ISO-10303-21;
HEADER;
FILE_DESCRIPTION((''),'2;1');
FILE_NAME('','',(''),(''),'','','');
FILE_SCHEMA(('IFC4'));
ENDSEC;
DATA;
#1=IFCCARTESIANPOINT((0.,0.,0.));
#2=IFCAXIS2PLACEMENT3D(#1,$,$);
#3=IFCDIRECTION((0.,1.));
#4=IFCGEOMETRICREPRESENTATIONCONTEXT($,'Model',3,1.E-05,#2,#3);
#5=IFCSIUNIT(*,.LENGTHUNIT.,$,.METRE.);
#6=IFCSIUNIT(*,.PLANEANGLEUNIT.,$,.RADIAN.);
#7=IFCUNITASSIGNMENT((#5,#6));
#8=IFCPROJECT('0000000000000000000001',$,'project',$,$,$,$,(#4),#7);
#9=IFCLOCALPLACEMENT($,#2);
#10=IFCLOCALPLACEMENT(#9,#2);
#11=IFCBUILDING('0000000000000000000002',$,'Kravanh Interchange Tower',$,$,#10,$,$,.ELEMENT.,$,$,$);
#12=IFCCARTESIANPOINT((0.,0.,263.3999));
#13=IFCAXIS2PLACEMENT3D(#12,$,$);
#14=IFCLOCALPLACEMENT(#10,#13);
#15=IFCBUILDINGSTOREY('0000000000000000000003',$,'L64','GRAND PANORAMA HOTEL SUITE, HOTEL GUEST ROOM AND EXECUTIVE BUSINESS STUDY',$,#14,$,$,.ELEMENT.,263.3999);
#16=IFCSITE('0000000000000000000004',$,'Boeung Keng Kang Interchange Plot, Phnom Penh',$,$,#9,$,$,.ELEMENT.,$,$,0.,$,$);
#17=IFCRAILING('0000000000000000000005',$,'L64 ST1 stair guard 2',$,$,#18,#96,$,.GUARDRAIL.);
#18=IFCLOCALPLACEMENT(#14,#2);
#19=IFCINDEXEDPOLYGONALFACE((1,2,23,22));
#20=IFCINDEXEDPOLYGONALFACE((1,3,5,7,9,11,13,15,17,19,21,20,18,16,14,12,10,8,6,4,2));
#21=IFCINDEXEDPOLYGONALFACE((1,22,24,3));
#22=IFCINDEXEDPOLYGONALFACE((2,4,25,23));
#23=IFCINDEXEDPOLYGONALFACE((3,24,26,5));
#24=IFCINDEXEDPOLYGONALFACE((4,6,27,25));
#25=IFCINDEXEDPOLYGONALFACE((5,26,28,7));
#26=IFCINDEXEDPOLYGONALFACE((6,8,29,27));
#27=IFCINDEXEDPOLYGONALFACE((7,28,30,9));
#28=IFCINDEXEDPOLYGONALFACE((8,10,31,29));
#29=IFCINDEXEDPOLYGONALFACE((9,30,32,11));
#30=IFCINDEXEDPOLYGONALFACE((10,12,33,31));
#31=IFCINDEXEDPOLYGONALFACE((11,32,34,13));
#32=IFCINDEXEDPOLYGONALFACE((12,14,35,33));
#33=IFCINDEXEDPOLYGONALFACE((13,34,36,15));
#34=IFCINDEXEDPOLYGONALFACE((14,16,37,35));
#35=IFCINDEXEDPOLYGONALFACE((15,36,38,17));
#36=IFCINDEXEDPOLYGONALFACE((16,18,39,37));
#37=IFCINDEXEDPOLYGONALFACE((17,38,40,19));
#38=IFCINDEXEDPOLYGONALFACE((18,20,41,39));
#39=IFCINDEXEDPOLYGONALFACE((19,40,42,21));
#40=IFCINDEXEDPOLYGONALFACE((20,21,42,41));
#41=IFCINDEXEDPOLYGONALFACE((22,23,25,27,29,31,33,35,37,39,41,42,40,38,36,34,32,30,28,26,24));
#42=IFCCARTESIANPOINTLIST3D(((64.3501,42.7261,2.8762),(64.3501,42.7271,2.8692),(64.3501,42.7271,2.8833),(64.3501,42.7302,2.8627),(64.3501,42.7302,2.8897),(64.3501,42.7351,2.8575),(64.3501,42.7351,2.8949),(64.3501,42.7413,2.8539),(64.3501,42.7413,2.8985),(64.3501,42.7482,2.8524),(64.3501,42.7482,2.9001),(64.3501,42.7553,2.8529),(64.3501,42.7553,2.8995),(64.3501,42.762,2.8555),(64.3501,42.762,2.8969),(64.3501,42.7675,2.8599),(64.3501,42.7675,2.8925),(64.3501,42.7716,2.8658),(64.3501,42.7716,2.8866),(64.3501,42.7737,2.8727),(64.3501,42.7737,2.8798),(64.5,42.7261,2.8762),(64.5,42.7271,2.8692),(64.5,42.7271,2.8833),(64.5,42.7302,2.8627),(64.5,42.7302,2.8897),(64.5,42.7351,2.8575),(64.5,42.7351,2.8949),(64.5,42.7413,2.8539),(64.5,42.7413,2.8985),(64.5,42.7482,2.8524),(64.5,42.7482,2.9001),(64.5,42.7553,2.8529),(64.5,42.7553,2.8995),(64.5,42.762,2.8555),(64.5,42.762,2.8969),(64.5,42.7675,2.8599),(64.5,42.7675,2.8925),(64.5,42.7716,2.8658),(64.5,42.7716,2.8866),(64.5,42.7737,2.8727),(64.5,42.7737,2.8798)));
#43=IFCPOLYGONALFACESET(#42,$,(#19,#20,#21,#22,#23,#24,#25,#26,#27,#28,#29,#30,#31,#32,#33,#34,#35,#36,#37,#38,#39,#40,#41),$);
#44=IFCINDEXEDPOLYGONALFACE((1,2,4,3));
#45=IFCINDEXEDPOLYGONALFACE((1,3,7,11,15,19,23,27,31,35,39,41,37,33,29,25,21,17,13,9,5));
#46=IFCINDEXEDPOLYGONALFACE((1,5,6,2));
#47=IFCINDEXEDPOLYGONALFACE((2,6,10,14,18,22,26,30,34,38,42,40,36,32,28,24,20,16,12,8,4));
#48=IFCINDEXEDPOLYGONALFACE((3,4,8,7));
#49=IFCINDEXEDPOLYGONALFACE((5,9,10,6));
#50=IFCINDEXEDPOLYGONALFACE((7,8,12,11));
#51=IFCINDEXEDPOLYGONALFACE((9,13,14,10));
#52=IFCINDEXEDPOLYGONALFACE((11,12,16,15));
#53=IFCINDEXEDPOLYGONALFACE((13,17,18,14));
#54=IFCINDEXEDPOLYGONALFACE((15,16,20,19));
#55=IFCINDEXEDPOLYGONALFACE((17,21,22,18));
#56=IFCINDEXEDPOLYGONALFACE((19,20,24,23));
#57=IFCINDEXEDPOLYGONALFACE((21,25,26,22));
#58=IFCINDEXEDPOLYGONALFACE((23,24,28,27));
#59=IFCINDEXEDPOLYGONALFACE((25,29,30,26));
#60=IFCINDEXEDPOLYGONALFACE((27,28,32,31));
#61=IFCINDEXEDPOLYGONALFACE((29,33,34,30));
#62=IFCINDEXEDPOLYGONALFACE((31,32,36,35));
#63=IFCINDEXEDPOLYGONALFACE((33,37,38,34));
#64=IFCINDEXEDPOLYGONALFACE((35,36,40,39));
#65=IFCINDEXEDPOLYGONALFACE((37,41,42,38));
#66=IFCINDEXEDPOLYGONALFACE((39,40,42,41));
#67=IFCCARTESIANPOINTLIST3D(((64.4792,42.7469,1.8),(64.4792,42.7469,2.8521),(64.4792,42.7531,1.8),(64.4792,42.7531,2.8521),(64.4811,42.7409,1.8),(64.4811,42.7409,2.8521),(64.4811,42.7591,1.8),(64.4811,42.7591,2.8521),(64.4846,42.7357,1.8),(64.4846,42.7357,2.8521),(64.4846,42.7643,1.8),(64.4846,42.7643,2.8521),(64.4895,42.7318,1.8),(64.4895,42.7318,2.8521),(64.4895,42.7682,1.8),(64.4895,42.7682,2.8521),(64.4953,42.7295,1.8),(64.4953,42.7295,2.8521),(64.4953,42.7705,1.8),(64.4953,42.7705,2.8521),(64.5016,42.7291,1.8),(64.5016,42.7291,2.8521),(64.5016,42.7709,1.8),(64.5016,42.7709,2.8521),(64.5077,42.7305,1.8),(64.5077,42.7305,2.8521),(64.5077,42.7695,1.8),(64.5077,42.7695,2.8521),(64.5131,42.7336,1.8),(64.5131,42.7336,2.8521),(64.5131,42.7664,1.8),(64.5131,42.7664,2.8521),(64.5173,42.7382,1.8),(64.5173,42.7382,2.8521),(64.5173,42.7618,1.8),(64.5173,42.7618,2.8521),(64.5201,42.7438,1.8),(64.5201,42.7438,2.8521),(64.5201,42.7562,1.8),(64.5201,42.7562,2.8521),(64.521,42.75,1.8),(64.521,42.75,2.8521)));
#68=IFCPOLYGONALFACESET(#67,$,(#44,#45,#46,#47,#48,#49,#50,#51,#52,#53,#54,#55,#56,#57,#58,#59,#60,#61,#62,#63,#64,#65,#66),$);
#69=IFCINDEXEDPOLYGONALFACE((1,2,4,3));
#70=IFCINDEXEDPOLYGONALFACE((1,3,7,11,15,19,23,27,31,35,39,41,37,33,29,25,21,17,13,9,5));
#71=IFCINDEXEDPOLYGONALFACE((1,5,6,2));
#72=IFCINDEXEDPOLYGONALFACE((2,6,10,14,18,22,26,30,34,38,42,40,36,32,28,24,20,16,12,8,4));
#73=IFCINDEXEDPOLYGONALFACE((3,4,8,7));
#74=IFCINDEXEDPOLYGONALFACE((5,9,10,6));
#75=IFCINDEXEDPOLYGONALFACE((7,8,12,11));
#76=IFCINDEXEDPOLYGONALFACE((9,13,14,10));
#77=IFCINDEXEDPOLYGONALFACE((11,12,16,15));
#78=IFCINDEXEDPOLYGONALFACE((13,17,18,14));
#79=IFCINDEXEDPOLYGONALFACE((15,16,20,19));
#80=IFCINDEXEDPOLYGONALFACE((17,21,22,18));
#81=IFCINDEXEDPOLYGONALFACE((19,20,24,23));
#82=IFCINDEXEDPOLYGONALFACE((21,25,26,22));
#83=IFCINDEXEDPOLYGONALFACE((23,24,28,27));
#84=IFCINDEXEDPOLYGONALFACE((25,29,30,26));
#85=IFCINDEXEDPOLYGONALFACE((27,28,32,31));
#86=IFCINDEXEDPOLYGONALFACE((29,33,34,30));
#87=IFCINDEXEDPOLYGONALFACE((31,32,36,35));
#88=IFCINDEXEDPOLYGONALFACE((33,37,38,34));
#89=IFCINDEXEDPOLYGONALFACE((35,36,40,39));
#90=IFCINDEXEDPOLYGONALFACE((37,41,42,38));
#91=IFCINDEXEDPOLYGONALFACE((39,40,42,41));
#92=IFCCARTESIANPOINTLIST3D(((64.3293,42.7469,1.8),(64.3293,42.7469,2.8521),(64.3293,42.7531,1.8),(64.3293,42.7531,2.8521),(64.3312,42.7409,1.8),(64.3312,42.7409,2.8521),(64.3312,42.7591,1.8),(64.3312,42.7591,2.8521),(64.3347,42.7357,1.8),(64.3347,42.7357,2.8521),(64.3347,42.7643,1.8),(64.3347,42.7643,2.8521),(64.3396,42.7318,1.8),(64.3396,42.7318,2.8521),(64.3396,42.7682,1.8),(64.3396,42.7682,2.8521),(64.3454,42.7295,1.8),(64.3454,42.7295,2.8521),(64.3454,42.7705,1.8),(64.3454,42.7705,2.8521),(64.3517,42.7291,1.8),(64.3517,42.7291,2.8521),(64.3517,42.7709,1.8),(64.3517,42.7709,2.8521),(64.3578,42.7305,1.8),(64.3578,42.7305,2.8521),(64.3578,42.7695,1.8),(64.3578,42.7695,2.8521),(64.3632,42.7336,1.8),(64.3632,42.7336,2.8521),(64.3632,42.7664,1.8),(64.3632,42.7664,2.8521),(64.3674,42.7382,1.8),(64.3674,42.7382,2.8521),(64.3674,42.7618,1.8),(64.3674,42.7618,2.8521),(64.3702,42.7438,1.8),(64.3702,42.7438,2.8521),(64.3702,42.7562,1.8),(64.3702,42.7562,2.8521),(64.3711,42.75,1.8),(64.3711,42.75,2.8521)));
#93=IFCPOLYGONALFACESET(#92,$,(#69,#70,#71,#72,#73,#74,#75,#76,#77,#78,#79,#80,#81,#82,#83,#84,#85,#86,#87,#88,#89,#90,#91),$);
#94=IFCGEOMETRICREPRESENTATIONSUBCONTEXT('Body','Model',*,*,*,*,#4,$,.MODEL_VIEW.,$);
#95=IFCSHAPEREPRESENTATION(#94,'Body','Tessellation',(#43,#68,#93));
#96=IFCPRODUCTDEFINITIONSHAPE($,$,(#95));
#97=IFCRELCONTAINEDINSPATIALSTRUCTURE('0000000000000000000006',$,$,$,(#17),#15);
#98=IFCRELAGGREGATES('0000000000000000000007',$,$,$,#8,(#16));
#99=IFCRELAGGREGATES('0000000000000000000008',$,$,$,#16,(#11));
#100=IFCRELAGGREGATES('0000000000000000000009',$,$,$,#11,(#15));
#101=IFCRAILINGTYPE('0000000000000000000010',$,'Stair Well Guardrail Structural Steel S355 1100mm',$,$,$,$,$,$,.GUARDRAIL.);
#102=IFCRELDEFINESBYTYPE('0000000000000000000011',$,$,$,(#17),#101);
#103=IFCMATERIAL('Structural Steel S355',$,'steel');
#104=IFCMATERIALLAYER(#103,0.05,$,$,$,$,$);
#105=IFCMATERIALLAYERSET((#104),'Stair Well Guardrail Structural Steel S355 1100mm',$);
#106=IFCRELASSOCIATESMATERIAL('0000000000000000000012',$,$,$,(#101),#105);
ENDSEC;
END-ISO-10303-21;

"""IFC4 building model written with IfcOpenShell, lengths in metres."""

from ifc_helpers import new_model, si_unit, direction, frame, origin, origin_2d, place, context, subcontext, project, spatial, circle, extrude, material, layer, layer_set, type_object, element, save


model = new_model("IFC4")

# Units and contexts
model_context = context("Model", 3, precision=1e-05, world=origin(), true_north=direction((0.0, 1.0)))
body_context = subcontext(model_context, "Body", "Model", "MODEL_VIEW")
ifc_project = project(units=[si_unit("LENGTHUNIT", "METRE"), si_unit("PLANEANGLEUNIT", "RADIAN")], contexts=[model_context])

# Site, building, storey
site_placement = place(None, origin())
site = spatial("IfcSite", under=ifc_project, at=site_placement, Name="Boeung Keng Kang Interchange Plot, Phnom Penh", CompositionType="ELEMENT", RefElevation=0.0)
building_placement = place(site_placement, origin())
building = spatial("IfcBuilding", under=site, at=building_placement, Name="Kravanh Interchange Tower", CompositionType="ELEMENT")
storey_placement = place(building_placement, frame((0.0, 0.0, 263.3999)))
storey = spatial("IfcBuildingStorey", under=building, at=storey_placement, Name="L64", Description="GRAND PANORAMA HOTEL SUITE, HOTEL GUEST ROOM AND EXECUTIVE BUSINESS STUDY", CompositionType="ELEMENT", Elevation=263.3999)

# Railing
ifc_material_1 = material(Name="Structural Steel S355", Category="steel")
ifc_layer_1 = layer(ifc_material_1, 0.05)
ifc_layer_set_1 = layer_set([ifc_layer_1], Name="Stair Well Guardrail Structural Steel S355 1100mm")
railing_type_1 = type_object("IfcRailingType", Name="Stair Well Guardrail Structural Steel S355 1100mm", PredefinedType="GUARDRAIL", material=ifc_layer_set_1)
railing_1_placement = place(storey_placement, frame((64.5, 42.75, 1.8)))
element("IfcRailing", 1, at=railing_1_placement, inside=storey, type_object=railing_type_1, Name="L64 ST1 stair guard 2", PredefinedType="GUARDRAIL", context=body_context, shape_type="SweptSolid", body=[
    extrude(circle(Radius=0.0239, at=origin_2d()), frame((0.0, 0.0, 1.0762), z_axis=(-1.0, 0.0, 0.0), x_axis=(0.0, -1.0, 0.0)), (0.0, 0.0, 1.0), 0.1499),
    extrude(circle(Radius=0.021, at=origin_2d()), origin(), (0.0, 0.0, 1.0), 1.052),
    extrude(circle(Radius=0.021, at=origin_2d()), frame((-0.1499, 0.0, 0.0)), (0.0, 0.0, 1.0), 1.052),
])

save(model, "model.ifc")
